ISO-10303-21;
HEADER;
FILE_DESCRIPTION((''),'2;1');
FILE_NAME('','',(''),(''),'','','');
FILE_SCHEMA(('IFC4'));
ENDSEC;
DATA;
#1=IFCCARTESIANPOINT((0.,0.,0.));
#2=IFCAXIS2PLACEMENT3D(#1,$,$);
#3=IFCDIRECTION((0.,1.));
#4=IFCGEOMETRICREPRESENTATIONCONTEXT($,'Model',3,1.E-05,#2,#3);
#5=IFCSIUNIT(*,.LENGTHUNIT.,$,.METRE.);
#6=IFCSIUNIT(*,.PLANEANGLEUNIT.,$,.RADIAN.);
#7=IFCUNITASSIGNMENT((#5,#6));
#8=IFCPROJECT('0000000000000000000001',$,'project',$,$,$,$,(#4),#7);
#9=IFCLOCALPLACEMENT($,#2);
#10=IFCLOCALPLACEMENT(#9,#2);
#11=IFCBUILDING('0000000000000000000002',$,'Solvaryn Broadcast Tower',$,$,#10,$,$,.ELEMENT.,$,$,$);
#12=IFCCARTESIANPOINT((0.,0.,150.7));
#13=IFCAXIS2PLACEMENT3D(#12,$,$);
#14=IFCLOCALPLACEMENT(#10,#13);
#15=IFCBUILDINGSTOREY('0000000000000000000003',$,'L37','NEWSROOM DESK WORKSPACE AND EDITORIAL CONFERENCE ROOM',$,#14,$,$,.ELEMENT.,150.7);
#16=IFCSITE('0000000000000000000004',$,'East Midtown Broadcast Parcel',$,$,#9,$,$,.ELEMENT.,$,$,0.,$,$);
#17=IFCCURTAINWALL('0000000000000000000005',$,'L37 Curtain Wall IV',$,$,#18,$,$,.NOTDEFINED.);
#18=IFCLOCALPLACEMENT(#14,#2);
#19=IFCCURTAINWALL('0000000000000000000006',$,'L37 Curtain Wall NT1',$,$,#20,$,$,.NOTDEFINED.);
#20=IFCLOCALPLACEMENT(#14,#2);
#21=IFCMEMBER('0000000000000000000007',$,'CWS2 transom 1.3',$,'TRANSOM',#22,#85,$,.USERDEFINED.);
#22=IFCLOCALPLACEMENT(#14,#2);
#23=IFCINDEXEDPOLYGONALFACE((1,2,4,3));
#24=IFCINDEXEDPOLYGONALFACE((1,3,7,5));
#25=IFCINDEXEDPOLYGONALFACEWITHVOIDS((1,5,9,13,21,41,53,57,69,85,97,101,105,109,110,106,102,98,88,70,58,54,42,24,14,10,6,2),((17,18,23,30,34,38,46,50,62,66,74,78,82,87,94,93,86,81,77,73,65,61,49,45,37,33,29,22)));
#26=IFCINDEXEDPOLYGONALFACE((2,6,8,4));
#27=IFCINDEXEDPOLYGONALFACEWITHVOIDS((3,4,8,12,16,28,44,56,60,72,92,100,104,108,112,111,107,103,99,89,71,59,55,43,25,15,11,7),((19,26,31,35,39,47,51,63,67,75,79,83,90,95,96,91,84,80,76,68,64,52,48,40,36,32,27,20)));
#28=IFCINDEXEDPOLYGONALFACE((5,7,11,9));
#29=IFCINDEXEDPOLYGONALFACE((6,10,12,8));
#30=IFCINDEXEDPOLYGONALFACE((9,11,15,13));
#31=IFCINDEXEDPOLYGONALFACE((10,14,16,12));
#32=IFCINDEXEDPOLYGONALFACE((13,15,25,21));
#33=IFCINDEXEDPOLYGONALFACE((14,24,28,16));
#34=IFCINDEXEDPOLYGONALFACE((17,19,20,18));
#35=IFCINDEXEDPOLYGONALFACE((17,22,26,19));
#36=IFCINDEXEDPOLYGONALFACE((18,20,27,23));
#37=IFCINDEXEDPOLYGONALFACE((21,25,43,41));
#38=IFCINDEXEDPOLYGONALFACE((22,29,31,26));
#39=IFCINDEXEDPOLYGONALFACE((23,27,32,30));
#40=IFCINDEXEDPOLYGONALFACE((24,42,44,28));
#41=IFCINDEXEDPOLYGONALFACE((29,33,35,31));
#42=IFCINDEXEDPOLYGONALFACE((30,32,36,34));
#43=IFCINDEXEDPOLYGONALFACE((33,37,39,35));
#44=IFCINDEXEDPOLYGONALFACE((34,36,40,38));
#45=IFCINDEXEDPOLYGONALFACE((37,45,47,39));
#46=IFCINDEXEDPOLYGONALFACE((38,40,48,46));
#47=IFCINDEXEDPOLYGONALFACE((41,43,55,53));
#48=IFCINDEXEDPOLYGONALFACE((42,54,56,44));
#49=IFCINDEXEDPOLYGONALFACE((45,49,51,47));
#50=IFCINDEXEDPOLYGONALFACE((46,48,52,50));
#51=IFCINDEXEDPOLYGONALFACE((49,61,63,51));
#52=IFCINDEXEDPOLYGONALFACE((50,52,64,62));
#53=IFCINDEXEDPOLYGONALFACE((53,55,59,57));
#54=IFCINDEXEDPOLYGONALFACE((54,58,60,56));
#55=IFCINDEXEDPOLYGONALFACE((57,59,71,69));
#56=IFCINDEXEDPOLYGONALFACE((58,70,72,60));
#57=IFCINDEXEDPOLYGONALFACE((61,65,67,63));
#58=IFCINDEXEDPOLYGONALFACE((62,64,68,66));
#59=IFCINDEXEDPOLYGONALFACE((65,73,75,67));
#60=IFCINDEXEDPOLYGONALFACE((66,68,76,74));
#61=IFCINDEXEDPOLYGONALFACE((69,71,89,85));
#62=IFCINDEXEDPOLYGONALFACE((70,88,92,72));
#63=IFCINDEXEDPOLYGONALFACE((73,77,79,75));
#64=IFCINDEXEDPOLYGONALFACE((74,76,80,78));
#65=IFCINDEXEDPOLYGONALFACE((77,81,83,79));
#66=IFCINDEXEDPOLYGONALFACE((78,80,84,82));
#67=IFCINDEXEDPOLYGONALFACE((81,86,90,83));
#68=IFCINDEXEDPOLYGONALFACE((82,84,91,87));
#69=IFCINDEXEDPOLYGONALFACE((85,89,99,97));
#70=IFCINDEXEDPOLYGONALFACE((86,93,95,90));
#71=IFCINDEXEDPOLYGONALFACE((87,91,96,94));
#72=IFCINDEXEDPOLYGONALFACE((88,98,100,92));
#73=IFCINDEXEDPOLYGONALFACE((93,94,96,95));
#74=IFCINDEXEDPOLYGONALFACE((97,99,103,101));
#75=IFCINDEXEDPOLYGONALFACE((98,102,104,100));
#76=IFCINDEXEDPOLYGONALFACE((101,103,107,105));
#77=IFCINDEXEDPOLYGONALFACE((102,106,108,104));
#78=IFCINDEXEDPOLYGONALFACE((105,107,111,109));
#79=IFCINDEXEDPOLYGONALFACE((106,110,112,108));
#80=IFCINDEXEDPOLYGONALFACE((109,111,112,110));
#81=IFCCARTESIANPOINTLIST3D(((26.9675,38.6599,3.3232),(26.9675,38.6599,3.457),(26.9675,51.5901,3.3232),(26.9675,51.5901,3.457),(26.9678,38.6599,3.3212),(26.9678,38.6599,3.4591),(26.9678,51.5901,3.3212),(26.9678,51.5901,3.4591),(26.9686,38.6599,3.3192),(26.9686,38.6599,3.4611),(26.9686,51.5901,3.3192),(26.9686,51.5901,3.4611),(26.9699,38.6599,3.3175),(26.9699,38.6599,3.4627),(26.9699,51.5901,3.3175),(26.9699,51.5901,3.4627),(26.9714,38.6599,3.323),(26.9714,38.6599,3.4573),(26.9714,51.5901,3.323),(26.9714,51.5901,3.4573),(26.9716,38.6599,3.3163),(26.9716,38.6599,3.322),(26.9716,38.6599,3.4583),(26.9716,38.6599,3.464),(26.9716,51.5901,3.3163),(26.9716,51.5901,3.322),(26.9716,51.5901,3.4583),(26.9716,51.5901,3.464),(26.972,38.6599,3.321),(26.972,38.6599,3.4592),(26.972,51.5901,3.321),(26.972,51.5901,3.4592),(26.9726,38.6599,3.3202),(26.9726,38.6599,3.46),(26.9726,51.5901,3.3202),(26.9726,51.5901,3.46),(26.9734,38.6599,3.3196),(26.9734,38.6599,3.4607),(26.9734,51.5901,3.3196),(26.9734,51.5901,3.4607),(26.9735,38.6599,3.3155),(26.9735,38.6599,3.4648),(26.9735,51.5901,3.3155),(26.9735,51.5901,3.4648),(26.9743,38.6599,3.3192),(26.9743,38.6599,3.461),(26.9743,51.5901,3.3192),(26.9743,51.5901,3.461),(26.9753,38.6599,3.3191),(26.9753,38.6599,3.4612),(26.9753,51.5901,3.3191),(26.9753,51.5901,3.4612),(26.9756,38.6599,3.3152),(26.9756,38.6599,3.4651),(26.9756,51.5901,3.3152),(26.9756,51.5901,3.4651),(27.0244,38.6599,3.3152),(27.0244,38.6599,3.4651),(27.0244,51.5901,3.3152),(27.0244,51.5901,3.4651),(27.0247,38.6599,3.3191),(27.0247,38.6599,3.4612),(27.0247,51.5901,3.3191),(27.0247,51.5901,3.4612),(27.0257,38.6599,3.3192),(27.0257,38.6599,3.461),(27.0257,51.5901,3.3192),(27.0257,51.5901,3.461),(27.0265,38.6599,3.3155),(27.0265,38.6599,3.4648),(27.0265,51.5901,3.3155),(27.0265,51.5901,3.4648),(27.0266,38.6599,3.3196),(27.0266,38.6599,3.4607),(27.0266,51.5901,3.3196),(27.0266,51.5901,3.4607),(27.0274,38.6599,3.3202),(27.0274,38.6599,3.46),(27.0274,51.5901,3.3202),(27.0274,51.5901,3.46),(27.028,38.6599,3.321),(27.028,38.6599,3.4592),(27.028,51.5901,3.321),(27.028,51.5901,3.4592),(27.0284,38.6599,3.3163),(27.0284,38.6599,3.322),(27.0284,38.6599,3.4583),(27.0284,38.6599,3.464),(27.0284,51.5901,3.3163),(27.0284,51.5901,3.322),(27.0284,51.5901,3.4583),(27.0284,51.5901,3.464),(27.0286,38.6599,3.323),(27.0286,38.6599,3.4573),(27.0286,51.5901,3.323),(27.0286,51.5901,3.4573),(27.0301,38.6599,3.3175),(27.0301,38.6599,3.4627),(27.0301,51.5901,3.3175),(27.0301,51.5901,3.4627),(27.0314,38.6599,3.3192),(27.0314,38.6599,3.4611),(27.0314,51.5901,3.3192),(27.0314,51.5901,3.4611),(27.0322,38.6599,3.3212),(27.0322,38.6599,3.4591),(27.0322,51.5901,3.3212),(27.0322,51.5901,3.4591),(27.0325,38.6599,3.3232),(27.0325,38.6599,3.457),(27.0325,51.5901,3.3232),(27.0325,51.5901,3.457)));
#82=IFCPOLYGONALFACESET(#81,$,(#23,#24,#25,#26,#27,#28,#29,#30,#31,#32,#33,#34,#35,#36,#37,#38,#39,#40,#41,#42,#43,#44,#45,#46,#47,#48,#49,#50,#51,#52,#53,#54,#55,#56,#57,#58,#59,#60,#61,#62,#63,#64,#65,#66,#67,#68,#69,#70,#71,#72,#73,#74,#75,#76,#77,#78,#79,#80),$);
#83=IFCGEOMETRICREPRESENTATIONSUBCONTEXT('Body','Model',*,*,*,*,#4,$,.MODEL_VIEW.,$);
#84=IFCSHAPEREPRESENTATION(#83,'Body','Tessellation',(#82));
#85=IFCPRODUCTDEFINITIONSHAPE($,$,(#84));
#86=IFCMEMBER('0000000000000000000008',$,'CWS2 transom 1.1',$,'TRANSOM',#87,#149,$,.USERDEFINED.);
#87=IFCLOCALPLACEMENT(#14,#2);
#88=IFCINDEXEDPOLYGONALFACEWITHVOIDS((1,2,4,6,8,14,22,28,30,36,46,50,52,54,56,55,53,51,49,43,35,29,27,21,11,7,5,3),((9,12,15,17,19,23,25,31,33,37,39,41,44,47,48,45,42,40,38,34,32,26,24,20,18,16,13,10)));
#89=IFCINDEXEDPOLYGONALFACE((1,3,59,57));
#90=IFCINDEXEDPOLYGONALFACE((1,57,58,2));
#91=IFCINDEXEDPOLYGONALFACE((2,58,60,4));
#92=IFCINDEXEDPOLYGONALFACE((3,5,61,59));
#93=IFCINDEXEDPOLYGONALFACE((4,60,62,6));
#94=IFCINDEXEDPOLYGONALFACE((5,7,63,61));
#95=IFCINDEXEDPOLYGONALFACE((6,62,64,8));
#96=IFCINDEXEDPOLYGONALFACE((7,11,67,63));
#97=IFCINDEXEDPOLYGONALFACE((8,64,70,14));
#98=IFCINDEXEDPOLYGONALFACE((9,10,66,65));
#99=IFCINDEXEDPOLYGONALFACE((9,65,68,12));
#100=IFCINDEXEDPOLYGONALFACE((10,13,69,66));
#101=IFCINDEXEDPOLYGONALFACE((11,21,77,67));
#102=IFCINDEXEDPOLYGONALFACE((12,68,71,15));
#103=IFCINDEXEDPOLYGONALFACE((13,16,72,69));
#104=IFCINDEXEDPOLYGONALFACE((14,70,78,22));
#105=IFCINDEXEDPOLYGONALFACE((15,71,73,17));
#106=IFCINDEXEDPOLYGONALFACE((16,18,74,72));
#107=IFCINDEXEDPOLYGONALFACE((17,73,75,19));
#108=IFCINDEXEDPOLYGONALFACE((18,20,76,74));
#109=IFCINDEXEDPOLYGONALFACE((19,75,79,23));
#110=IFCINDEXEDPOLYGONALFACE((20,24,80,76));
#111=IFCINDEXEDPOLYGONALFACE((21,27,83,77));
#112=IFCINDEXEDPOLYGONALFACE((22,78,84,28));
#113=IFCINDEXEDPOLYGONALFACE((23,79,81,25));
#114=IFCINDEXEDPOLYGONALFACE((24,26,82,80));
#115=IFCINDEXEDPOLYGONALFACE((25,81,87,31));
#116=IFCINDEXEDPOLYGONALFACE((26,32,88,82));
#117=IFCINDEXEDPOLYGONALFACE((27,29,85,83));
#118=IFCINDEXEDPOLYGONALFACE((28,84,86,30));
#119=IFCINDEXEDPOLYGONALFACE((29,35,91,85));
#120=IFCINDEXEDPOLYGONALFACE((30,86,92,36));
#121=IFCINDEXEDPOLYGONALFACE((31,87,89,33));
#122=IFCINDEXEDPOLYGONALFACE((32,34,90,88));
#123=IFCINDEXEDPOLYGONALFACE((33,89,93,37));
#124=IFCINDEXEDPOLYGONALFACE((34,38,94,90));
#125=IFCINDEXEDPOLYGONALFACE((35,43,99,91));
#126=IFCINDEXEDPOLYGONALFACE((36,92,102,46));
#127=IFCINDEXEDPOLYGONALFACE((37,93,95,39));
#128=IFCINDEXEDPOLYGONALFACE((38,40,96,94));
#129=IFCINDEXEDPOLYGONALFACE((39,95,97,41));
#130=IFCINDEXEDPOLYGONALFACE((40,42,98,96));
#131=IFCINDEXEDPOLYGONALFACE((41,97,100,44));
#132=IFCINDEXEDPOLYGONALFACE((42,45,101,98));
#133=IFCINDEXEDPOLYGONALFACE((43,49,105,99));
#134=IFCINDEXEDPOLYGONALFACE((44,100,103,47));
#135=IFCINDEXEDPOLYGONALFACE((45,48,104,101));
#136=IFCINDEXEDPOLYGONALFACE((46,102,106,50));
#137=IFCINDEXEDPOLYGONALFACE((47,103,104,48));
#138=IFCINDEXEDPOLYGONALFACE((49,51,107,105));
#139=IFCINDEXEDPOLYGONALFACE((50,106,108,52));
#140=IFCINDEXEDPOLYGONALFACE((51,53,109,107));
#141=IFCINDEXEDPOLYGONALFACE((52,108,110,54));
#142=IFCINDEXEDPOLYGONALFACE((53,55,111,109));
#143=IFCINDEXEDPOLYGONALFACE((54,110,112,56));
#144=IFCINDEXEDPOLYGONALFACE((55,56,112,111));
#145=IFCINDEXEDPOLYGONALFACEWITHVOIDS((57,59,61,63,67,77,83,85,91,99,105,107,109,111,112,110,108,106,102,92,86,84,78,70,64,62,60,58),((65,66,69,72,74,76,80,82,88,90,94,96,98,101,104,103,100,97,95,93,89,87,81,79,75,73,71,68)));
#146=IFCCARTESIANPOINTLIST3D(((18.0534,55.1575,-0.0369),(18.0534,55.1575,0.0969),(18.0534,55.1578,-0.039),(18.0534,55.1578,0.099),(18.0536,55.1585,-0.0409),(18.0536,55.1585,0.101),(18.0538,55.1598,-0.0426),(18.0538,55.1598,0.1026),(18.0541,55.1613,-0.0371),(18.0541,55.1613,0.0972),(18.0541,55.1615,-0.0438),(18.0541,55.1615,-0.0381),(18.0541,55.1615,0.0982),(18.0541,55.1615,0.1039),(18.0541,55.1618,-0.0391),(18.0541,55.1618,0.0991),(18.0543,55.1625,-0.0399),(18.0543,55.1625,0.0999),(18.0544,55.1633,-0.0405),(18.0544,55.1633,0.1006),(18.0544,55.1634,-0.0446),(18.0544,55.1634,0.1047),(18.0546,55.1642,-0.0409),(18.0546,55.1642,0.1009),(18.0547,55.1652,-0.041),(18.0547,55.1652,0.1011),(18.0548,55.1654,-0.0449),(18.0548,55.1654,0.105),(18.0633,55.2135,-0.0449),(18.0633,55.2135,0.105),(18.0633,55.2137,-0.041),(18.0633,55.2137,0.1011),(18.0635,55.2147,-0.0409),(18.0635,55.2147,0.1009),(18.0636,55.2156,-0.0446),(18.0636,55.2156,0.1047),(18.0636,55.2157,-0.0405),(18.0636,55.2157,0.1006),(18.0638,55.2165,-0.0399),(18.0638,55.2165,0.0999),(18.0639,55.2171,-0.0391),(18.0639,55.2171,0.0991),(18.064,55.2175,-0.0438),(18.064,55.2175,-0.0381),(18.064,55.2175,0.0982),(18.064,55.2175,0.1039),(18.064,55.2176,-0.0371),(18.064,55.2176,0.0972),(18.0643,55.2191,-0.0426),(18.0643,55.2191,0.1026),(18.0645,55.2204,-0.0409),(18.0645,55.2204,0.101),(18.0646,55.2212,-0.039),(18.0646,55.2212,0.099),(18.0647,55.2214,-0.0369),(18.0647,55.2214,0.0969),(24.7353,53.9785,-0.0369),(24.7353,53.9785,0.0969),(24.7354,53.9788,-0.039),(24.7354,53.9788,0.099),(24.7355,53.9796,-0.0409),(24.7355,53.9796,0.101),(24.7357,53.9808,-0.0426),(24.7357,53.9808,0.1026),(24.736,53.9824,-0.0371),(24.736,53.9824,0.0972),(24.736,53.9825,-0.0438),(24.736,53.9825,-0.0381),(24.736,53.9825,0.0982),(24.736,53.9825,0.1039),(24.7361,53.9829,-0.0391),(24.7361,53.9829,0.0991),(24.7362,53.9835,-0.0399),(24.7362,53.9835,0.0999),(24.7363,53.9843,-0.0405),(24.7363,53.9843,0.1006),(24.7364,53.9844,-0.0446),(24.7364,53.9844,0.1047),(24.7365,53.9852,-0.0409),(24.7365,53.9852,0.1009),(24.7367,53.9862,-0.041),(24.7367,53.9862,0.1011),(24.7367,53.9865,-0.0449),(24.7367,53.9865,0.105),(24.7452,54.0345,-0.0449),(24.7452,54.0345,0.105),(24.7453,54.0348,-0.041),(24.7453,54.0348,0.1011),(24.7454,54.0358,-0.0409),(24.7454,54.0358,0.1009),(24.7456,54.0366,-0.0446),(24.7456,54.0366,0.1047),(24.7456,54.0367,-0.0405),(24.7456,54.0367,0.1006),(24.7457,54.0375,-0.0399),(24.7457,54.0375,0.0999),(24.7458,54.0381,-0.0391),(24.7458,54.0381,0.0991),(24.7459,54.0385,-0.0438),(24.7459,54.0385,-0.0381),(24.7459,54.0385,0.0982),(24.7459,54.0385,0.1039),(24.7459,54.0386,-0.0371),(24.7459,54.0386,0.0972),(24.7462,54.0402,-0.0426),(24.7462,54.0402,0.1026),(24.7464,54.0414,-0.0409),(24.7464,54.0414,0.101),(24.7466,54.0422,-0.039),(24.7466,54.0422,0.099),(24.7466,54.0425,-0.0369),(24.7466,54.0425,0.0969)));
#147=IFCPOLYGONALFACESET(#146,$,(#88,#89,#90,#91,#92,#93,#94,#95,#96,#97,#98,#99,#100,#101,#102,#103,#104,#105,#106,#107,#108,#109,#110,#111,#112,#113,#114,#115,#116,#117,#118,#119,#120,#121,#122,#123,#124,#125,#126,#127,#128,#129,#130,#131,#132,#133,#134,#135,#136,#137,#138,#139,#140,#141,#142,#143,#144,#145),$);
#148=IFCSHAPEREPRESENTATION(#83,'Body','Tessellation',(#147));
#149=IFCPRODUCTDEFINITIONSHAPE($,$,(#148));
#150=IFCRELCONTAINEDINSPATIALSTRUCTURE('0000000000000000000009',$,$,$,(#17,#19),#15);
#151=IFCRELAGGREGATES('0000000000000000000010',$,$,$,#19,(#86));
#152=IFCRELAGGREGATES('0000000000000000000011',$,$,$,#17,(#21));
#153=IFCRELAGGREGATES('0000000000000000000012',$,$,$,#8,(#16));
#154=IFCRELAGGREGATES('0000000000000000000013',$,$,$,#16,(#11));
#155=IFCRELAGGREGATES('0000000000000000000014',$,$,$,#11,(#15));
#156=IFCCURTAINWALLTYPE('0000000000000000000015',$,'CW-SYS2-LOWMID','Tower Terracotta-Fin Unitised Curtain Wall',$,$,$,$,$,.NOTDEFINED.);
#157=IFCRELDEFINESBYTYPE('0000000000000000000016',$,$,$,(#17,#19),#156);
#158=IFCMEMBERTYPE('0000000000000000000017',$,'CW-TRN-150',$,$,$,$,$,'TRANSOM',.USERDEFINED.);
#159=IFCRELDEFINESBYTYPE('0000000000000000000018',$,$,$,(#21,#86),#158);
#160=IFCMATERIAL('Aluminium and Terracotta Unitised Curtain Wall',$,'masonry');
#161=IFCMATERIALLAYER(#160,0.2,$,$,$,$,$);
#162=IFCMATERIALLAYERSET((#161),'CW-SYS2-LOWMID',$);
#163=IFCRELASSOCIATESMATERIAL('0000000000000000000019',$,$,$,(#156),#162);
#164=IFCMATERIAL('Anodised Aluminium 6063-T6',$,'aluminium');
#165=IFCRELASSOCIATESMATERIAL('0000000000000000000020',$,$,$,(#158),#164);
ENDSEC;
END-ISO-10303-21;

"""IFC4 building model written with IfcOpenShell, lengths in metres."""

from ifc_helpers import new_model, si_unit, direction, frame, origin, origin_2d, place, context, subcontext, project, spatial, hollow_rectangle, extrude, material, layer, layer_set, material_profile, profile_set, type_object, element, aggregate, save


model = new_model("IFC4")

# Units and contexts
model_context = context("Model", 3, precision=1e-05, world=origin(), true_north=direction((0.0, 1.0)))
body_context = subcontext(model_context, "Body", "Model", "MODEL_VIEW")
ifc_project = project(units=[si_unit("LENGTHUNIT", "METRE"), si_unit("PLANEANGLEUNIT", "RADIAN")], contexts=[model_context])

# Site, building, storey
site_placement = place(None, origin())
site = spatial("IfcSite", under=ifc_project, at=site_placement, Name="East Midtown Broadcast Parcel", CompositionType="ELEMENT", RefElevation=0.0)
building_placement = place(site_placement, origin())
building = spatial("IfcBuilding", under=site, at=building_placement, Name="Solvaryn Broadcast Tower", CompositionType="ELEMENT")
storey_placement = place(building_placement, frame((0.0, 0.0, 150.7)))
storey = spatial("IfcBuildingStorey", under=building, at=storey_placement, Name="L37", Description="NEWSROOM DESK WORKSPACE AND EDITORIAL CONFERENCE ROOM", CompositionType="ELEMENT", Elevation=150.7)

# Curtain wall
ifc_material_1 = material(Name="Aluminium and Terracotta Unitised Curtain Wall", Category="masonry")
ifc_layer_1 = layer(ifc_material_1, 0.2)
ifc_layer_set_1 = layer_set([ifc_layer_1], Name="CW-SYS2-LOWMID")
curtain_wall_type = type_object("IfcCurtainWallType", Name="CW-SYS2-LOWMID", Description="Tower Terracotta-Fin Unitised Curtain Wall", PredefinedType="NOTDEFINED", material=ifc_layer_set_1)
curtain_wall_1_placement = place(storey_placement, origin())
curtain_wall_1 = element("IfcCurtainWall", 1, at=curtain_wall_1_placement, inside=storey, type_object=curtain_wall_type, Name="L37 Curtain Wall IV", PredefinedType="NOTDEFINED")

# Curtain wall
curtain_wall_2_placement = place(storey_placement, origin())
curtain_wall_2 = element("IfcCurtainWall", 2, at=curtain_wall_2_placement, inside=storey, type_object=curtain_wall_type, Name="L37 Curtain Wall NT1", PredefinedType="NOTDEFINED")

# Members
ifc_material_2 = material(Name="Anodised Aluminium 6063-T6", Category="aluminium")
ifc_material_profile_1 = material_profile(ifc_material_2, hollow_rectangle(XDim=0.0649, YDim=0.1499, WallThickness=0.0039, InnerFilletRadius=0.0039, OuterFilletRadius=0.0081, at=origin_2d()))
ifc_profile_set_1 = profile_set([ifc_material_profile_1], Name="Anodised Aluminium 6063-T6")
member_type_1 = type_object("IfcMemberType", Name="CW-TRN-150", ElementType="TRANSOM", PredefinedType="USERDEFINED", material=ifc_profile_set_1)
member_1_placement = place(storey_placement, frame((27.0, 51.5901, 3.3901), z_axis=(0.0, -1.0, 0.0), x_axis=(1.0, 0.0, 0.0)))
member_1 = element("IfcMember", 3, at=member_1_placement, type_object=member_type_1, Name="CWS2 transom 1.3", ObjectType="TRANSOM", PredefinedType="USERDEFINED", context=body_context, shape_type="SweptSolid", body=[
    extrude(hollow_rectangle(XDim=0.0649, YDim=0.1499, WallThickness=0.0039, InnerFilletRadius=0.0039, OuterFilletRadius=0.0081, at=origin_2d()), origin(), (0.0, 0.0, 1.0), 12.9302),
])
member_2_placement = place(storey_placement, frame((24.741, 54.0105, 0.03), z_axis=(-0.984789, 0.173757, 0.0), x_axis=(-0.173757, -0.984789, 0.0)))
member_2 = element("IfcMember", 4, at=member_2_placement, type_object=member_type_1, Name="CWS2 transom 1.1", ObjectType="TRANSOM", PredefinedType="USERDEFINED", context=body_context, shape_type="SweptSolid", body=[
    extrude(hollow_rectangle(XDim=0.0649, YDim=0.1499, WallThickness=0.0039, InnerFilletRadius=0.0039, OuterFilletRadius=0.0081, at=origin_2d()), origin(), (0.0, 0.0, 1.0), 6.7852),
])
aggregate(curtain_wall_2, [member_2])

aggregate(curtain_wall_1, [member_1])

save(model, "model.ifc")
